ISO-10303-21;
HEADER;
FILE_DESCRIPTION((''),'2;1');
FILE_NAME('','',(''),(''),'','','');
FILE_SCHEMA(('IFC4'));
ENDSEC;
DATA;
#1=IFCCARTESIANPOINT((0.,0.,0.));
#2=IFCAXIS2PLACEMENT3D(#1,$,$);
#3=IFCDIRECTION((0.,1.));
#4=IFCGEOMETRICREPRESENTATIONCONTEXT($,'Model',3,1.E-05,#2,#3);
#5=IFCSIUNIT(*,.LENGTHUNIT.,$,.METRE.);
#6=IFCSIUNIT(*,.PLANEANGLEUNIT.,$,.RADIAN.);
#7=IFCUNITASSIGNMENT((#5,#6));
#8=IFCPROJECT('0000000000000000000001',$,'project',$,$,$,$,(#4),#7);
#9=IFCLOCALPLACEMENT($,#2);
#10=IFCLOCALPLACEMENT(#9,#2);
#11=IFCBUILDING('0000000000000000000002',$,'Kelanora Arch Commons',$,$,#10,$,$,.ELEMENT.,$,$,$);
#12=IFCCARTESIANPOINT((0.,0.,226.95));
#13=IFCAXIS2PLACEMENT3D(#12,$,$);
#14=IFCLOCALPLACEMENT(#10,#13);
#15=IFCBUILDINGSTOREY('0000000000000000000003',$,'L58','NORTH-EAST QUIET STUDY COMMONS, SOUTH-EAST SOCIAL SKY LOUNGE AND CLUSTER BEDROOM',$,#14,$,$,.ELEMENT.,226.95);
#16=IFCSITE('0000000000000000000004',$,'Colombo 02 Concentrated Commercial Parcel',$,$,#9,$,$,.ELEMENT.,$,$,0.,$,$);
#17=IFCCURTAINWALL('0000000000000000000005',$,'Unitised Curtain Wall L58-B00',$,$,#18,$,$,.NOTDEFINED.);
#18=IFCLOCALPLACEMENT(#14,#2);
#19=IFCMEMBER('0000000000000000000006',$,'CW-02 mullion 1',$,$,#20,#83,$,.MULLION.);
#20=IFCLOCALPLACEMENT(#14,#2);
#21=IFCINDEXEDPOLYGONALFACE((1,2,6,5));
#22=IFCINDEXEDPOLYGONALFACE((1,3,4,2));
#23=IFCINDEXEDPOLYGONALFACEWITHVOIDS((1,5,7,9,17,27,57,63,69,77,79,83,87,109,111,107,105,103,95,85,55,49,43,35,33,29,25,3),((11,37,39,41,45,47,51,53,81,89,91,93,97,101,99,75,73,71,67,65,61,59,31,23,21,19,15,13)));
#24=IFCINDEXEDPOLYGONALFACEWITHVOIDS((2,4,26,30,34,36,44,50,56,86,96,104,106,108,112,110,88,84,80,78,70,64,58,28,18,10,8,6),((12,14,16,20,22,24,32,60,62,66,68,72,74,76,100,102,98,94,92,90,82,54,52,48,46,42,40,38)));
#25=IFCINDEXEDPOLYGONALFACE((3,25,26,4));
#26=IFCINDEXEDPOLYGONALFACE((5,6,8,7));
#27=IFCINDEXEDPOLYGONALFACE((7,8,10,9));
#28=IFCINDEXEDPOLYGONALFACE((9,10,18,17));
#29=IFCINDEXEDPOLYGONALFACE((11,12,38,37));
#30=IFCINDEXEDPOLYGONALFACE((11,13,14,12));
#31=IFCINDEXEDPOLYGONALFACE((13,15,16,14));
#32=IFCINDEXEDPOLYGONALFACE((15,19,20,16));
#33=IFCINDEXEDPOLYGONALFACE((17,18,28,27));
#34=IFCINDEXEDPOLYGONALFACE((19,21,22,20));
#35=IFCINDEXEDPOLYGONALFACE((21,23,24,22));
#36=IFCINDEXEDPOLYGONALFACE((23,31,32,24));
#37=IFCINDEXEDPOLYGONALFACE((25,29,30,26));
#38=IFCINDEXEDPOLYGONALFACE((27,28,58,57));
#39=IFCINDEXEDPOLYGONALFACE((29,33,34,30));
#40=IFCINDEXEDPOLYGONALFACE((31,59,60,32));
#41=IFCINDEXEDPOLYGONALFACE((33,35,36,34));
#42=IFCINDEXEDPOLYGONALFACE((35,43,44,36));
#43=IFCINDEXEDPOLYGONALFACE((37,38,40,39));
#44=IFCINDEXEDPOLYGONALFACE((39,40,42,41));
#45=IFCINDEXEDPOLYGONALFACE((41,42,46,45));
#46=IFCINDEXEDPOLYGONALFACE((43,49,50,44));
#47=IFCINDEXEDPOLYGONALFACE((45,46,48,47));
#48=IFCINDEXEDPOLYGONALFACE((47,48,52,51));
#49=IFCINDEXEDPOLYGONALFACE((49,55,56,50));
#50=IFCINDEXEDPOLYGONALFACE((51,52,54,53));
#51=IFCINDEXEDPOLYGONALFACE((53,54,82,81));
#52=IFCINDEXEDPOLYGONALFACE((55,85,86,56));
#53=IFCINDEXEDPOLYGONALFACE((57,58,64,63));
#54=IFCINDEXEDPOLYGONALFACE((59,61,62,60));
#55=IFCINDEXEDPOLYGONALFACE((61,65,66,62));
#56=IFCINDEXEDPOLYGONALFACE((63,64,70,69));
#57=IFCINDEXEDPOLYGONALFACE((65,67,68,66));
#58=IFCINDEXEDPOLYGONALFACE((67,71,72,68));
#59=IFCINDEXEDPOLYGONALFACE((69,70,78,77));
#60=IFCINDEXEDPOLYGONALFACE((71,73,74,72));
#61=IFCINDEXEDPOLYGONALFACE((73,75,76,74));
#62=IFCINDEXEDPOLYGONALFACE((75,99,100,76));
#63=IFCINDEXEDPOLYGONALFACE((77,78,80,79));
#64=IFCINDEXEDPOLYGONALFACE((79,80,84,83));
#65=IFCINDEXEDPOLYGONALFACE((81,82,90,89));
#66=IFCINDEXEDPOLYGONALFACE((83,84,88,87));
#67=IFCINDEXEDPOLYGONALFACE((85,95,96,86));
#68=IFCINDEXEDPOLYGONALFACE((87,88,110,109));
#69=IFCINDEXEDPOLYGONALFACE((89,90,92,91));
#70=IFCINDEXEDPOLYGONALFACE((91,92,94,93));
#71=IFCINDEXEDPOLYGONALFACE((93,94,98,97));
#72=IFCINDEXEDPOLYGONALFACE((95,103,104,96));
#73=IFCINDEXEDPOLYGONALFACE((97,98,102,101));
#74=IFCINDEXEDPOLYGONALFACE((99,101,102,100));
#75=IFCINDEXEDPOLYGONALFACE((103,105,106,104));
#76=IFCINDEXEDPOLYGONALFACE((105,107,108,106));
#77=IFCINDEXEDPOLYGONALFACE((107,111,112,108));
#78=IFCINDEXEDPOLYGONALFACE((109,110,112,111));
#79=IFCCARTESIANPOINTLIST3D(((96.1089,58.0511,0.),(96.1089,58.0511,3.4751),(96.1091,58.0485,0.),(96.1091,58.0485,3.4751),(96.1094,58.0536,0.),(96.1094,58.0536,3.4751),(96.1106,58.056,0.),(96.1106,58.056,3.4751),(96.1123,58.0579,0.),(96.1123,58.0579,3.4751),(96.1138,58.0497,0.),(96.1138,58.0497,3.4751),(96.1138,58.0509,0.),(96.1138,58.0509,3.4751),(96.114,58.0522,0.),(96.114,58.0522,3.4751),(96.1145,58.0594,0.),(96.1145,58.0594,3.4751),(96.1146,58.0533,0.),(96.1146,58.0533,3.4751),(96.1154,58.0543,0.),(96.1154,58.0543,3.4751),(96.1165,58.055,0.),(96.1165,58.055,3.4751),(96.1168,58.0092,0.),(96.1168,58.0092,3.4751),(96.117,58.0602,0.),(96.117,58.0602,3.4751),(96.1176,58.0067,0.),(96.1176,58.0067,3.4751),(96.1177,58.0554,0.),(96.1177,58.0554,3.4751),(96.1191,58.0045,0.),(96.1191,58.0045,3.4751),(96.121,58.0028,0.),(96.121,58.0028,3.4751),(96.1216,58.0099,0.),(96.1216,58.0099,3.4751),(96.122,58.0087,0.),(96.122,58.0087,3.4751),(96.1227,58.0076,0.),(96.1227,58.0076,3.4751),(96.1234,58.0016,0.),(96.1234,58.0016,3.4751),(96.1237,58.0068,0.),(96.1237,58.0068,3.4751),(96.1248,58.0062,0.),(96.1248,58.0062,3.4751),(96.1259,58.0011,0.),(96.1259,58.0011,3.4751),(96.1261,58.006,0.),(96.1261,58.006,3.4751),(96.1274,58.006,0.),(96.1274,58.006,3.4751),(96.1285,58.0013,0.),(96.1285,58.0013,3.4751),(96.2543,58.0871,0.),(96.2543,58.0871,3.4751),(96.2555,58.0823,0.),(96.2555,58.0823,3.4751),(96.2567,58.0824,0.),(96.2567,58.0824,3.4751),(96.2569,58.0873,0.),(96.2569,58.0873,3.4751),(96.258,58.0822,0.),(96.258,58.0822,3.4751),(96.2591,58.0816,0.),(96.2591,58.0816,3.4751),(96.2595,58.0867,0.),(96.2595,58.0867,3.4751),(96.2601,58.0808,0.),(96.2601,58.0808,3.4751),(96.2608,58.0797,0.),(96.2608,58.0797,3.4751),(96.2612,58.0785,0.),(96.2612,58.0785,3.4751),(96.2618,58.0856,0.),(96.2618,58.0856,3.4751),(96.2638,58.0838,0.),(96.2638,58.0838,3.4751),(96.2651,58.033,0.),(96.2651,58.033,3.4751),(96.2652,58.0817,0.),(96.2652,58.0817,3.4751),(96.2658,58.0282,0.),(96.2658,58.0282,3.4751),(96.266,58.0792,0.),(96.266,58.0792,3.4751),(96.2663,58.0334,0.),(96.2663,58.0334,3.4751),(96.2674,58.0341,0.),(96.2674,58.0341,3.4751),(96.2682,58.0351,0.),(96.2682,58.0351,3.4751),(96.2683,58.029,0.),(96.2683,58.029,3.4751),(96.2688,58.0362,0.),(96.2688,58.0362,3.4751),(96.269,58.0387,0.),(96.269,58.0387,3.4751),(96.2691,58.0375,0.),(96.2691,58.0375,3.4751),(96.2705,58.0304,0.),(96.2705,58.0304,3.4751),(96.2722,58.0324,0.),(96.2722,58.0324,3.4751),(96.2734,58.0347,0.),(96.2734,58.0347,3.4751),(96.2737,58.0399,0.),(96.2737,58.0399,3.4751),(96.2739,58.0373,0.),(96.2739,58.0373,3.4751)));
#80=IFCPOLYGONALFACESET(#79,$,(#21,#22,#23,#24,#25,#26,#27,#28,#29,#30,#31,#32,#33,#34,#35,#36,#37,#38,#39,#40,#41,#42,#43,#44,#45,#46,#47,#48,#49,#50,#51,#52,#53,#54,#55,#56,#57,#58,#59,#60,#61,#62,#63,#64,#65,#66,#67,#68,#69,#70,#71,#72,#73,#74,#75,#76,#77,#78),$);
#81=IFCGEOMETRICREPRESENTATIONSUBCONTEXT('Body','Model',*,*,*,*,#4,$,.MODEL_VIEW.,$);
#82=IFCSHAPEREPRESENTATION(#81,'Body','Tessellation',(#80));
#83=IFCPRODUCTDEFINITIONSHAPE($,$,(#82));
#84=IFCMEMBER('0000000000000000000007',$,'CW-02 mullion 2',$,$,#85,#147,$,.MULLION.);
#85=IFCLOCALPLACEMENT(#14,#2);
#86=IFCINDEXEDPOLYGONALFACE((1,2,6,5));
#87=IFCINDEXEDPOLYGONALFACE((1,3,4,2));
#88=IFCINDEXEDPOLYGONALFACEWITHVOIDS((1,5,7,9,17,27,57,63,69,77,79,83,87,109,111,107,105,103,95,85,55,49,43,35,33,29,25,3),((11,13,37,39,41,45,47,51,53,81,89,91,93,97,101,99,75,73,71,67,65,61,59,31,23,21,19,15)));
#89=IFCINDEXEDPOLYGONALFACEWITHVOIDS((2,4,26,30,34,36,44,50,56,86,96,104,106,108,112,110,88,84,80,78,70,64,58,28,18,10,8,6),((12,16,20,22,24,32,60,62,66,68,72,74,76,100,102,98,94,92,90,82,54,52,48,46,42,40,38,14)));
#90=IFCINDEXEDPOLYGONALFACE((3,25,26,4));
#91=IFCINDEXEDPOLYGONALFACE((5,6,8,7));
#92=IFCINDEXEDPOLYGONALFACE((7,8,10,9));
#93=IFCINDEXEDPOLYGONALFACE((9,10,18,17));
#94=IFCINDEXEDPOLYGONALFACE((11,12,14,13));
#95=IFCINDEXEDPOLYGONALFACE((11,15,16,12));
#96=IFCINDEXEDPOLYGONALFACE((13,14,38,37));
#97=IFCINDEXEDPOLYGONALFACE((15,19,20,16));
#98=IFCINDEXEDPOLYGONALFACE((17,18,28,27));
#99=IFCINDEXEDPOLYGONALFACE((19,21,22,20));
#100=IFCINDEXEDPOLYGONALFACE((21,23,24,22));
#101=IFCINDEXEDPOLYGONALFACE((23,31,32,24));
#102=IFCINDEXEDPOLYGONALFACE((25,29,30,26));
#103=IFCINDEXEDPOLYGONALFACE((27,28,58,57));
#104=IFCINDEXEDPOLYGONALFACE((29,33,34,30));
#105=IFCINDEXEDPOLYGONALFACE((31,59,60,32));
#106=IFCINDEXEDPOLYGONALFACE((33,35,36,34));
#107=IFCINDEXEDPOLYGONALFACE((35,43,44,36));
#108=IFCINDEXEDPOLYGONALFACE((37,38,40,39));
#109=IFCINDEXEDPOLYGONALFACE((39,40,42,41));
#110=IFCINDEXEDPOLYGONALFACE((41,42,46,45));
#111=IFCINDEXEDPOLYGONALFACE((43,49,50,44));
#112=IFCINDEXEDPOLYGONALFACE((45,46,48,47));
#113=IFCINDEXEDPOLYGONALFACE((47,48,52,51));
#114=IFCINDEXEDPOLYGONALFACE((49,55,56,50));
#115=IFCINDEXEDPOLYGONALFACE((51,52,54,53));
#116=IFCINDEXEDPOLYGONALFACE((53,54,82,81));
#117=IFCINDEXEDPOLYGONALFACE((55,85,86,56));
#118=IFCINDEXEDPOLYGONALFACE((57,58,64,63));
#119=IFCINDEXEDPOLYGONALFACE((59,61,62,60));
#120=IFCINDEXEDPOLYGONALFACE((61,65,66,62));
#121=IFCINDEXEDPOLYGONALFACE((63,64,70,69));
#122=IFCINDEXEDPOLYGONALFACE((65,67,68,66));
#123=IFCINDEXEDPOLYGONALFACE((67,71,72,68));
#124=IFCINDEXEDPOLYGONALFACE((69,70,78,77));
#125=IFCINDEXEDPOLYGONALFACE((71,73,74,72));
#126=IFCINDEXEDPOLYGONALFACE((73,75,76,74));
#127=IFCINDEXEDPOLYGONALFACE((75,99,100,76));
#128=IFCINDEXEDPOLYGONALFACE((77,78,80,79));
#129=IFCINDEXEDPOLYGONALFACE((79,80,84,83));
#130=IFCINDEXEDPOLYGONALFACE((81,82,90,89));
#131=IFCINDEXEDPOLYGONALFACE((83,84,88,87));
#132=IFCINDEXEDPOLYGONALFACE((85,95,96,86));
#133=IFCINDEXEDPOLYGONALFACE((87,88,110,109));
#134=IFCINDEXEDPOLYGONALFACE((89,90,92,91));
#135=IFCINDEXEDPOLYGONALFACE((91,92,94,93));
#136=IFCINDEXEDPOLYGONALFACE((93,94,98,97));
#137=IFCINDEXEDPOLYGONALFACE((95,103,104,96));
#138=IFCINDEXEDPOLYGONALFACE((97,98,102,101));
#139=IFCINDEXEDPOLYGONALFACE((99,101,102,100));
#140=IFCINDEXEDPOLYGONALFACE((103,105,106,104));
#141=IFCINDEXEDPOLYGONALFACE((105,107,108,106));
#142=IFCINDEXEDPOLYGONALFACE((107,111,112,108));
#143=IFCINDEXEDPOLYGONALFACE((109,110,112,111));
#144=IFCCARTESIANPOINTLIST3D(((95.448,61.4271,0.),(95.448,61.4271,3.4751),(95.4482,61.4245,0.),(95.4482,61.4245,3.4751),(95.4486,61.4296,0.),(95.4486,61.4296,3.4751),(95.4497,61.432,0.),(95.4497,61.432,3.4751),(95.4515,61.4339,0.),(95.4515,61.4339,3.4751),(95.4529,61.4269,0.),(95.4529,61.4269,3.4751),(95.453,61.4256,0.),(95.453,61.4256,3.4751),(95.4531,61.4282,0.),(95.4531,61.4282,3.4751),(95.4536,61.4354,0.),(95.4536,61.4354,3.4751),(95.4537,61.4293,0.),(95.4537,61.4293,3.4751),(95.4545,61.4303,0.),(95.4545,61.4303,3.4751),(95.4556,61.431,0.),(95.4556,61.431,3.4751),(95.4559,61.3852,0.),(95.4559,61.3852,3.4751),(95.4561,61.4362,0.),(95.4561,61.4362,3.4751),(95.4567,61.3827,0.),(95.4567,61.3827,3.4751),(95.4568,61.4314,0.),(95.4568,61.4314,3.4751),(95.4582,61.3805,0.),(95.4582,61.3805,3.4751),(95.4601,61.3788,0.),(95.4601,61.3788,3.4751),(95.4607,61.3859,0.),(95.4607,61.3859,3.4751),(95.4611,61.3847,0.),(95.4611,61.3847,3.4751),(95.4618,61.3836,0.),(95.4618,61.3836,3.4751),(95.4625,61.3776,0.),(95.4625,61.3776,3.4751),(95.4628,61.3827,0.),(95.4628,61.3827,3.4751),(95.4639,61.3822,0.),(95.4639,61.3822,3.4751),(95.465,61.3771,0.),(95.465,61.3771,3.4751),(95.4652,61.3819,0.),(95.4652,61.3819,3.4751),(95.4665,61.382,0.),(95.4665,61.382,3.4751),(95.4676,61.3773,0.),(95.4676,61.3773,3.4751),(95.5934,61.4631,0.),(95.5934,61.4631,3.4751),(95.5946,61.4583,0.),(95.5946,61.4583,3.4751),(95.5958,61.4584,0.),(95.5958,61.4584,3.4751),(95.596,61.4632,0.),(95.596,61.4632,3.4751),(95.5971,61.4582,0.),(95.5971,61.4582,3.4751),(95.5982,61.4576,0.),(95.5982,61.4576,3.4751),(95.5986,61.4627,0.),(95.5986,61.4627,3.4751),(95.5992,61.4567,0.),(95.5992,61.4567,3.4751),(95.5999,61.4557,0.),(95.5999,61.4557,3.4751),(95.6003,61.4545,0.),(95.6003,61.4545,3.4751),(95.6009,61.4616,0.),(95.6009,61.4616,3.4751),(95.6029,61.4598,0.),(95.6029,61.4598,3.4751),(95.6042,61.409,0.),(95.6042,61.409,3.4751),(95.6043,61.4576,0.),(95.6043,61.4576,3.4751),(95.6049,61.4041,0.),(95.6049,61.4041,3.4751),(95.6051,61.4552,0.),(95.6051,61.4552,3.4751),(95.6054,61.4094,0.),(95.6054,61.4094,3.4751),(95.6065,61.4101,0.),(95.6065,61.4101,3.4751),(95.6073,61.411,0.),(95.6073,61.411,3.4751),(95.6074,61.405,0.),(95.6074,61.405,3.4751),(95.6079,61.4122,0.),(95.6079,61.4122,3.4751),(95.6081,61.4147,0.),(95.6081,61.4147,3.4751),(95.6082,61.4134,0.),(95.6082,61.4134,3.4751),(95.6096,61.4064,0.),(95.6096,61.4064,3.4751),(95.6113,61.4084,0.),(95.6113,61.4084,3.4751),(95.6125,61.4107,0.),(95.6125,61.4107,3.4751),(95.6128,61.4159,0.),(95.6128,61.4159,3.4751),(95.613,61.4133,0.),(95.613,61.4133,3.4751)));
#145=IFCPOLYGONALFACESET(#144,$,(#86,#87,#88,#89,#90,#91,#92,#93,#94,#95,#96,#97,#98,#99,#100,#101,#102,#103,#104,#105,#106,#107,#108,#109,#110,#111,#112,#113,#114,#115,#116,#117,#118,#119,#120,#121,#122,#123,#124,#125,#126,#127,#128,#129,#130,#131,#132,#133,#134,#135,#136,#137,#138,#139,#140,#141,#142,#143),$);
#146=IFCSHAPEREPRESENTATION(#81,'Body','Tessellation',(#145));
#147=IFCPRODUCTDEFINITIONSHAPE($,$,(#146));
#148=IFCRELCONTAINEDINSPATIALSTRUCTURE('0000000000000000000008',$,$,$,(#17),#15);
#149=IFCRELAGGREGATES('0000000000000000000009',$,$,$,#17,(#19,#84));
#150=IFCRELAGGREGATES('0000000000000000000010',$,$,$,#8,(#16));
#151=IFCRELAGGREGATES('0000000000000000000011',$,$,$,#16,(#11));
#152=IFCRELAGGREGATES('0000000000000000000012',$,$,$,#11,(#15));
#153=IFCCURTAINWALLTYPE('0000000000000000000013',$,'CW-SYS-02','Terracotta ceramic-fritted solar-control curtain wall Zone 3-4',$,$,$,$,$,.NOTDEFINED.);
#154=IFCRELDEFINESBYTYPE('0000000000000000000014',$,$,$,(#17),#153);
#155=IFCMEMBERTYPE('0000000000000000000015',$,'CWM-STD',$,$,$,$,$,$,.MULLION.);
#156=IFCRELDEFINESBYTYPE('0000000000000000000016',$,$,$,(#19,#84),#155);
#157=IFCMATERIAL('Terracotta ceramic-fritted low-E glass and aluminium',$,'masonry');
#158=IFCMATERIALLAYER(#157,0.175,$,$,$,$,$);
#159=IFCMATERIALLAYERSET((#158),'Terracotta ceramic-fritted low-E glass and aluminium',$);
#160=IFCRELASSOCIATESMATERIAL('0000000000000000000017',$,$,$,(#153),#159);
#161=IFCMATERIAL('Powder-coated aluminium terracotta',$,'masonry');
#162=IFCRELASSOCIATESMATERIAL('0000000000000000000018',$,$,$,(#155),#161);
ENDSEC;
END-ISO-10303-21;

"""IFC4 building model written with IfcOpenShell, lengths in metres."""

from ifc_helpers import new_model, si_unit, direction, frame, origin, origin_2d, place, context, subcontext, project, spatial, hollow_rectangle, extrude, material, layer, layer_set, material_profile, profile_set, type_object, element, aggregate, save


model = new_model("IFC4")

# Units and contexts
model_context = context("Model", 3, precision=1e-05, world=origin(), true_north=direction((0.0, 1.0)))
body_context = subcontext(model_context, "Body", "Model", "MODEL_VIEW")
ifc_project = project(units=[si_unit("LENGTHUNIT", "METRE"), si_unit("PLANEANGLEUNIT", "RADIAN")], contexts=[model_context])

# Site, building, storey
site_placement = place(None, origin())
site = spatial("IfcSite", under=ifc_project, at=site_placement, Name="Colombo 02 Concentrated Commercial Parcel", CompositionType="ELEMENT", RefElevation=0.0)
building_placement = place(site_placement, origin())
building = spatial("IfcBuilding", under=site, at=building_placement, Name="Kelanora Arch Commons", CompositionType="ELEMENT")
storey_placement = place(building_placement, frame((0.0, 0.0, 226.95)))
storey = spatial("IfcBuildingStorey", under=building, at=storey_placement, Name="L58", Description="NORTH-EAST QUIET STUDY COMMONS, SOUTH-EAST SOCIAL SKY LOUNGE AND CLUSTER BEDROOM", CompositionType="ELEMENT", Elevation=226.95)

# Curtain wall, members
ifc_material_1 = material(Name="Terracotta ceramic-fritted low-E glass and aluminium", Category="masonry")
ifc_layer_1 = layer(ifc_material_1, 0.175)
ifc_layer_set_1 = layer_set([ifc_layer_1], Name="Terracotta ceramic-fritted low-E glass and aluminium")
curtain_wall_type = type_object("IfcCurtainWallType", Name="CW-SYS-02", Description="Terracotta ceramic-fritted solar-control curtain wall Zone 3-4", PredefinedType="NOTDEFINED", material=ifc_layer_set_1)
curtain_wall_placement = place(storey_placement, origin())
curtain_wall = element("IfcCurtainWall", 1, at=curtain_wall_placement, inside=storey, type_object=curtain_wall_type, Name="Unitised Curtain Wall L58-B00", PredefinedType="NOTDEFINED")
ifc_material_2 = material(Name="Powder-coated aluminium terracotta", Category="masonry")
ifc_material_profile_1 = material_profile(ifc_material_2, hollow_rectangle(XDim=0.1599, YDim=0.0601, WallThickness=0.0049, InnerFilletRadius=0.0049, OuterFilletRadius=0.01, at=origin_2d()), Name="CWM160x60")
ifc_profile_set_1 = profile_set([ifc_material_profile_1], Name="Powder-coated aluminium terracotta")
member_type_1 = type_object("IfcMemberType", Name="CWM-STD", PredefinedType="MULLION", material=ifc_profile_set_1)
member_1_placement = place(storey_placement, frame((96.1914, 58.0442, 0.0), z_axis=(0.0, 0.0, 1.0), x_axis=(-0.981381, -0.192069, 0.0)))
member_1 = element("IfcMember", 2, at=member_1_placement, type_object=member_type_1, Name="CW-02 mullion 1", PredefinedType="MULLION", context=body_context, shape_type="SweptSolid", body=[
    extrude(hollow_rectangle(XDim=0.1599, YDim=0.0601, WallThickness=0.0049, InnerFilletRadius=0.0049, OuterFilletRadius=0.01, at=origin_2d()), origin(), (0.0, 0.0, 1.0), 3.4751),
])
member_2_placement = place(storey_placement, frame((95.5305, 61.4202, 0.0), z_axis=(0.0, 0.0, 1.0), x_axis=(-0.981381, -0.192069, 0.0)))
member_2 = element("IfcMember", 3, at=member_2_placement, type_object=member_type_1, Name="CW-02 mullion 2", PredefinedType="MULLION", context=body_context, shape_type="SweptSolid", body=[
    extrude(hollow_rectangle(XDim=0.1599, YDim=0.0601, WallThickness=0.0049, InnerFilletRadius=0.0049, OuterFilletRadius=0.01, at=origin_2d()), origin(), (0.0, 0.0, 1.0), 3.4751),
])
aggregate(curtain_wall, [member_1, member_2])

save(model, "model.ifc")
